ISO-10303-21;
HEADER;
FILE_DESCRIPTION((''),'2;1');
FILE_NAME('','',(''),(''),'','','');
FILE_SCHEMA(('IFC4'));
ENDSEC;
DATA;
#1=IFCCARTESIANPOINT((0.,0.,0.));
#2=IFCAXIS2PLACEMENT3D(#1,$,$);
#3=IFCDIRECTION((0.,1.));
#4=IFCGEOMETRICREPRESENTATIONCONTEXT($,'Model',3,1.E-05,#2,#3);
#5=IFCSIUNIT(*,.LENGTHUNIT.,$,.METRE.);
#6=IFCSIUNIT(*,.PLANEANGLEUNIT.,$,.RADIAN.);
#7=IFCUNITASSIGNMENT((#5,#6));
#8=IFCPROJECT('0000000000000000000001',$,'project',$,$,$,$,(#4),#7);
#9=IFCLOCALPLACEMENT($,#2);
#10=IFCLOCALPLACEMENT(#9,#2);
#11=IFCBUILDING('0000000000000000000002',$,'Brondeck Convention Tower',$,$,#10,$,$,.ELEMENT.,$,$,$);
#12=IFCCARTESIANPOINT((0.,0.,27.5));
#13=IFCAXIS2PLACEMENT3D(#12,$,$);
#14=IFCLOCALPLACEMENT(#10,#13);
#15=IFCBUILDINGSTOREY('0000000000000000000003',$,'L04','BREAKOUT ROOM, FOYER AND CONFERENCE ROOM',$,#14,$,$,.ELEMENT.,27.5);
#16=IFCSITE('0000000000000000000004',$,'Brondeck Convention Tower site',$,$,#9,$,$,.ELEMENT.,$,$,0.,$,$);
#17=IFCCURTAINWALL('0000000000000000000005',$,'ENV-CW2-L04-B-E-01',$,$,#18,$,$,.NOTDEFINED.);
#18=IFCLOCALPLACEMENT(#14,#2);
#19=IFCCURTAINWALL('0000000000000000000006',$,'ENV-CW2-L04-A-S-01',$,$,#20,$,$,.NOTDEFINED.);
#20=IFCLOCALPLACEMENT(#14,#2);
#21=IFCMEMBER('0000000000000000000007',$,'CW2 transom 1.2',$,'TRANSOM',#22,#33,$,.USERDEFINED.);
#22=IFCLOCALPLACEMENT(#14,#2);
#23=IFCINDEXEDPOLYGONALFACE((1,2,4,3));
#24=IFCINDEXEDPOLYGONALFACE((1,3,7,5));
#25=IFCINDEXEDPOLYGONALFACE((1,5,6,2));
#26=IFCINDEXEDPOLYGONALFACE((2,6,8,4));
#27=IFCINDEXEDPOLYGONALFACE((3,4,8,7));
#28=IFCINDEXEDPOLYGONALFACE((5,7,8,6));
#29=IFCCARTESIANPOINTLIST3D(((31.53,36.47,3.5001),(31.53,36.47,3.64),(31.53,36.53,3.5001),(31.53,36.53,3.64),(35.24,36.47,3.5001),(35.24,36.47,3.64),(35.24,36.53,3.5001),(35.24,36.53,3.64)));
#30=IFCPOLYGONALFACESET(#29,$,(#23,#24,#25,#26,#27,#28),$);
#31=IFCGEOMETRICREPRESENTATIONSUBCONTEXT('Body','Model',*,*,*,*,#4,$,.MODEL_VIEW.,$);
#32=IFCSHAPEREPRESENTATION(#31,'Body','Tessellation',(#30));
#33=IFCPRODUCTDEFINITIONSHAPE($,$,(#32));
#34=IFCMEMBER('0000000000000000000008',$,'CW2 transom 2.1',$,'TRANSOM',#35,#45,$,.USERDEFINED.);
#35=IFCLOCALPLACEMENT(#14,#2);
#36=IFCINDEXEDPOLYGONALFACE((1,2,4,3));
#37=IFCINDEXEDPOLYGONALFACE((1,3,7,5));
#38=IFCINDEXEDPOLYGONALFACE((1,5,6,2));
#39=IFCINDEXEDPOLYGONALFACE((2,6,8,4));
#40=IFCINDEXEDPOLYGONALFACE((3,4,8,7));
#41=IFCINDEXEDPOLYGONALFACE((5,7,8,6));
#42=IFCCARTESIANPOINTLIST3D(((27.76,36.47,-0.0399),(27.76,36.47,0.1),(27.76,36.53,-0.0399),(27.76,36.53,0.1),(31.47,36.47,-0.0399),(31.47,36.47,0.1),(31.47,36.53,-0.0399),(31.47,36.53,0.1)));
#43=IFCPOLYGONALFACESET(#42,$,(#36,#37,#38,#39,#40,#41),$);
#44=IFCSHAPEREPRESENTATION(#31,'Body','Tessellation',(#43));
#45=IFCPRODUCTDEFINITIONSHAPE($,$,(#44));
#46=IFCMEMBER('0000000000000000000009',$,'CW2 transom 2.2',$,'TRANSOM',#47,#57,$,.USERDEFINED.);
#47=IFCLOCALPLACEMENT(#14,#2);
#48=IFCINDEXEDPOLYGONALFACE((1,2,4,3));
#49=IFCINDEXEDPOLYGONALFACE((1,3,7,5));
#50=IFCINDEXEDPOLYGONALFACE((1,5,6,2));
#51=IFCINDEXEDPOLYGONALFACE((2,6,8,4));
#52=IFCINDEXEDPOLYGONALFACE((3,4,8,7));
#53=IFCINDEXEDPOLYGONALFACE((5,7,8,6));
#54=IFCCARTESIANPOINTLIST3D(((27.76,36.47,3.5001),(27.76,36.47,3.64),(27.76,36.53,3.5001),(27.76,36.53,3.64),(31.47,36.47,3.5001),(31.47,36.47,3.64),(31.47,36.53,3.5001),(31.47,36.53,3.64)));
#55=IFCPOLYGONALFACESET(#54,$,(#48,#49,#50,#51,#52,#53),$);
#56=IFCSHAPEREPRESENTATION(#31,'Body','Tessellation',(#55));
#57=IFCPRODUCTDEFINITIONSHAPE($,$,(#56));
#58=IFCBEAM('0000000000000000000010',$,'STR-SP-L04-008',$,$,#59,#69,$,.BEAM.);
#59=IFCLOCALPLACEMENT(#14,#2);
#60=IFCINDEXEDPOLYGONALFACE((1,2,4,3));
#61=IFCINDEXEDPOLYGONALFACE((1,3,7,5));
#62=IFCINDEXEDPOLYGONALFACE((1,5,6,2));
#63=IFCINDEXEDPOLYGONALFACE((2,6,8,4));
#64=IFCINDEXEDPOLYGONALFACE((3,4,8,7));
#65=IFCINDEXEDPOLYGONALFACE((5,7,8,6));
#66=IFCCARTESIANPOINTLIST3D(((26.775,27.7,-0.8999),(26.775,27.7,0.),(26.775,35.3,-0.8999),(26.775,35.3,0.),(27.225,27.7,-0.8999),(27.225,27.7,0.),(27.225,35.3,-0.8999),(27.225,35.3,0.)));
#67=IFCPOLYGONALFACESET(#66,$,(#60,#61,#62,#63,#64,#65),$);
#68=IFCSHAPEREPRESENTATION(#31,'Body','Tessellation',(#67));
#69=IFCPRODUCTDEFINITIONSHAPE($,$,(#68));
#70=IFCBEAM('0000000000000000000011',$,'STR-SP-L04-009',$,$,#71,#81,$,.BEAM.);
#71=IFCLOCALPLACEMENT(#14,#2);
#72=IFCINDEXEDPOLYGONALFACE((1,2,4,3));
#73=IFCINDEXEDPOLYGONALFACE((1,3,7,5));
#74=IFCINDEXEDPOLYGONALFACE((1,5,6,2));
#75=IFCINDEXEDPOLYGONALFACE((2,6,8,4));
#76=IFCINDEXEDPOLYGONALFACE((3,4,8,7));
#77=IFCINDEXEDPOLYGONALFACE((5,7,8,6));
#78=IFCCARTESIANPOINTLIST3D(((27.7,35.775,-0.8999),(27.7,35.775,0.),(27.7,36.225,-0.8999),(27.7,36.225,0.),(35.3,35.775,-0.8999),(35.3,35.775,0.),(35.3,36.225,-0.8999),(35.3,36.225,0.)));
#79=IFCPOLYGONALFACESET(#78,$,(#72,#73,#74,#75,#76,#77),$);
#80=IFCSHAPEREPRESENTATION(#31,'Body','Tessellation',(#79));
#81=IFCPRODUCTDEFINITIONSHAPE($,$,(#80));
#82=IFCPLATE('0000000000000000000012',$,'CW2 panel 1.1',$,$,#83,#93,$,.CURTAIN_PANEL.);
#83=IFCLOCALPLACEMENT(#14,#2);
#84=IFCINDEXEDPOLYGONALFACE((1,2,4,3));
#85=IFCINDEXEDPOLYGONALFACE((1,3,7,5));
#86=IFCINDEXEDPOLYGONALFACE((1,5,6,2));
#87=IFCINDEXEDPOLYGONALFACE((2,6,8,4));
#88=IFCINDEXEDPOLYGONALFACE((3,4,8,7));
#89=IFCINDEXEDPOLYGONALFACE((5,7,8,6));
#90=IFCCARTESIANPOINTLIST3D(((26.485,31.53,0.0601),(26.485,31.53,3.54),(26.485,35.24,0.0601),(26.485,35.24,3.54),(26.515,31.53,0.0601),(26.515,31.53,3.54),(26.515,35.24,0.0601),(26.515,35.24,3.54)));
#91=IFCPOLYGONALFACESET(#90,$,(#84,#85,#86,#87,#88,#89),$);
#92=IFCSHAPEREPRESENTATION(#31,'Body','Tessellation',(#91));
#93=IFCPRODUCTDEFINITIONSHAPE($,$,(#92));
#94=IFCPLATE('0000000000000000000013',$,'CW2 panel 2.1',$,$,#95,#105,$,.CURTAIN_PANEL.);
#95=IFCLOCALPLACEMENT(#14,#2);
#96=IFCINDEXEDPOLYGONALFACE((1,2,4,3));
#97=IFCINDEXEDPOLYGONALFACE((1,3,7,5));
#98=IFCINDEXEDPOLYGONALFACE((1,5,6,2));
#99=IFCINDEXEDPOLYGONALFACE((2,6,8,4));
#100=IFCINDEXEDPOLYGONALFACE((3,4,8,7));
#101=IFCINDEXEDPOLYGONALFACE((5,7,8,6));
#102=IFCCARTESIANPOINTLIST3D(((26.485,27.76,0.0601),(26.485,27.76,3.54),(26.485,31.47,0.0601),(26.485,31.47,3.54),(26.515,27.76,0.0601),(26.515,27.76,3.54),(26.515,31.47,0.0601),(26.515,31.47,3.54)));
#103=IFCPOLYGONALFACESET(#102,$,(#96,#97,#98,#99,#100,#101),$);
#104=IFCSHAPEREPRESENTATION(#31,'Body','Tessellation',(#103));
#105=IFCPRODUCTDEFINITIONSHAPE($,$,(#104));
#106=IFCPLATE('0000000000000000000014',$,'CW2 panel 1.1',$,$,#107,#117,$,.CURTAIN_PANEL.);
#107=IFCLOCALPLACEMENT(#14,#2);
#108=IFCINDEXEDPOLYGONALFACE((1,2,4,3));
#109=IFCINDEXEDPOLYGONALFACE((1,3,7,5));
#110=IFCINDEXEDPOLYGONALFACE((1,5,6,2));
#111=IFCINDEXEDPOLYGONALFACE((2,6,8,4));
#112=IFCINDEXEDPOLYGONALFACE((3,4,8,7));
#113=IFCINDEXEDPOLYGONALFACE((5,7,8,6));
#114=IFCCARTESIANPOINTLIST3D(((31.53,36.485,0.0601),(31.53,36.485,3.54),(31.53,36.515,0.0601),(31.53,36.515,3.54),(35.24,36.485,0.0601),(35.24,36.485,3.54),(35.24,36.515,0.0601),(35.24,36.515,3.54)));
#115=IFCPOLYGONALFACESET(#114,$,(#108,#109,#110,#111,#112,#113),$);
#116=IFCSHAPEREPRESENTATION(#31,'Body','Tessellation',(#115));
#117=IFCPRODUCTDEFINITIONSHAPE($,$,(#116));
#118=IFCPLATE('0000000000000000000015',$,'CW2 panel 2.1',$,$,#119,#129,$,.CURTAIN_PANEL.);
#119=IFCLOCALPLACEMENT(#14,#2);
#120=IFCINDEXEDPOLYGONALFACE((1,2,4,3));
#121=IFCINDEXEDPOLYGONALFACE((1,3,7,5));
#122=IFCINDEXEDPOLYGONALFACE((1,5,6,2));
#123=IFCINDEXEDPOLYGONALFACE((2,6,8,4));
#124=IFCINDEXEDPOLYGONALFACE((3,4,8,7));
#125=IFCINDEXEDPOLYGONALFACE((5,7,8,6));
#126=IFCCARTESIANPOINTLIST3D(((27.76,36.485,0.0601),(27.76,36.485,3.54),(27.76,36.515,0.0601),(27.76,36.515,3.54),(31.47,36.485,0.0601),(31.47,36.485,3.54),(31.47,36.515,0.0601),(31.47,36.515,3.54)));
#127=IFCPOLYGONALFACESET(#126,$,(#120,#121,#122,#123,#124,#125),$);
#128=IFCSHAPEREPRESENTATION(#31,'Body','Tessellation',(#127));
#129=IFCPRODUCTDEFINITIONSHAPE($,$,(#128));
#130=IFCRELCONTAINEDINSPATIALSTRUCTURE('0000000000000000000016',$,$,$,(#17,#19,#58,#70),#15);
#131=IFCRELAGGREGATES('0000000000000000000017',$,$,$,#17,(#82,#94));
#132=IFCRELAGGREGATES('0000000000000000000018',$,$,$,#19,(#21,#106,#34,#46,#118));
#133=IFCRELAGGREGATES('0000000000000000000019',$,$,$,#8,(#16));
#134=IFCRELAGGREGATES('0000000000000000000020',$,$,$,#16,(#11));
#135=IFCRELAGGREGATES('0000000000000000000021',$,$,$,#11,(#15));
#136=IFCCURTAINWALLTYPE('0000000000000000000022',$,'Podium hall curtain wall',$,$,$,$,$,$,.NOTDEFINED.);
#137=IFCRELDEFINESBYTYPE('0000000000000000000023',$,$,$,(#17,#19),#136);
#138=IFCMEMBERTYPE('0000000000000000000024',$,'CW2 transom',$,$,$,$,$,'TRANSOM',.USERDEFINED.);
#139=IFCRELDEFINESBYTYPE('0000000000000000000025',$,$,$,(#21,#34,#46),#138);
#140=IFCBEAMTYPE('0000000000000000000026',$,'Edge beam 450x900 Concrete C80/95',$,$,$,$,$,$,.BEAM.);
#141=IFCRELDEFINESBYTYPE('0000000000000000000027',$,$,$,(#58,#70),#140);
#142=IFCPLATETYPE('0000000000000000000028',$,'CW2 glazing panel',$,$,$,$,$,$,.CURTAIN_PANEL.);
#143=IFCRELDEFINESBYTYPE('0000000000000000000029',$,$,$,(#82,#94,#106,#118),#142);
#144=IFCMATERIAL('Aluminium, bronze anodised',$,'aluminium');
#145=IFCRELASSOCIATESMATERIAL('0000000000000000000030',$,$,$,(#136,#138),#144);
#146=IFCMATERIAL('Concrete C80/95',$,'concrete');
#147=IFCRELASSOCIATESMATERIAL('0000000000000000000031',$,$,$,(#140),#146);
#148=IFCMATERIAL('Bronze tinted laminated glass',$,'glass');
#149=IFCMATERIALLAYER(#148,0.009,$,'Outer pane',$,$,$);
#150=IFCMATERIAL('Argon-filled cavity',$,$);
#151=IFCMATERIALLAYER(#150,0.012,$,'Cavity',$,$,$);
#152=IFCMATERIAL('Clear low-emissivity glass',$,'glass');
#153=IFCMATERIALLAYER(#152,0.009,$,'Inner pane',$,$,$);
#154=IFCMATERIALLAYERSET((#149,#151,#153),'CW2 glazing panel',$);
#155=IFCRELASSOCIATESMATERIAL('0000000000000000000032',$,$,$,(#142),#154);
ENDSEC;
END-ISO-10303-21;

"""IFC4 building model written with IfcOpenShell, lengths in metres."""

from ifc_helpers import new_model, si_unit, direction, frame, origin, origin_2d, place, context, subcontext, project, spatial, rectangle, extrude, material, layer, layer_set, material_profile, profile_set, type_object, element, aggregate, save


model = new_model("IFC4")

# Units and contexts
model_context = context("Model", 3, precision=1e-05, world=origin(), true_north=direction((0.0, 1.0)))
body_context = subcontext(model_context, "Body", "Model", "MODEL_VIEW")
ifc_project = project(units=[si_unit("LENGTHUNIT", "METRE"), si_unit("PLANEANGLEUNIT", "RADIAN")], contexts=[model_context])

# Site, building, storey
site_placement = place(None, origin())
site = spatial("IfcSite", under=ifc_project, at=site_placement, Name="Brondeck Convention Tower site", CompositionType="ELEMENT", RefElevation=0.0)
building_placement = place(site_placement, origin())
building = spatial("IfcBuilding", under=site, at=building_placement, Name="Brondeck Convention Tower", CompositionType="ELEMENT")
storey_placement = place(building_placement, frame((0.0, 0.0, 27.5)))
storey = spatial("IfcBuildingStorey", under=building, at=storey_placement, Name="L04", Description="BREAKOUT ROOM, FOYER AND CONFERENCE ROOM", CompositionType="ELEMENT", Elevation=27.5)

# Shared definitions
ifc_material_1 = material(Name="Concrete C80/95", Category="concrete")

# Shared definitions
ifc_material_2 = material(Name="Aluminium, bronze anodised", Category="aluminium")
curtain_wall_type = type_object("IfcCurtainWallType", Name="Podium hall curtain wall", PredefinedType="NOTDEFINED", material=ifc_material_2)

# Curtain walls
curtain_wall_1_placement = place(storey_placement, origin())
curtain_wall_1 = element("IfcCurtainWall", 1, at=curtain_wall_1_placement, inside=storey, type_object=curtain_wall_type, Name="ENV-CW2-L04-B-E-01", PredefinedType="NOTDEFINED")
curtain_wall_2_placement = place(storey_placement, origin())
curtain_wall_2 = element("IfcCurtainWall", 2, at=curtain_wall_2_placement, inside=storey, type_object=curtain_wall_type, Name="ENV-CW2-L04-A-S-01", PredefinedType="NOTDEFINED")

# Members
ifc_material_profile_1 = material_profile(ifc_material_2, rectangle(XDim=0.0601, YDim=0.1399, at=origin_2d()), Name="CW2 transom")
ifc_profile_set_1 = profile_set([ifc_material_profile_1], Name="Aluminium, bronze anodised")
member_type_1 = type_object("IfcMemberType", Name="CW2 transom", ElementType="TRANSOM", PredefinedType="USERDEFINED", material=ifc_profile_set_1)
member_1_placement = place(storey_placement, frame((35.24, 36.5, 3.5701), z_axis=(-1.0, 0.0, 0.0), x_axis=(0.0, -1.0, 0.0)))
member_1 = element("IfcMember", 3, at=member_1_placement, type_object=member_type_1, Name="CW2 transom 1.2", ObjectType="TRANSOM", PredefinedType="USERDEFINED", context=body_context, shape_type="SweptSolid", body=[
    extrude(rectangle(XDim=0.0601, YDim=0.1399, at=origin_2d()), origin(), (0.0, 0.0, 1.0), 3.71),
])
member_2_placement = place(storey_placement, frame((31.47, 36.5, 0.03), z_axis=(-1.0, 0.0, 0.0), x_axis=(0.0, -1.0, 0.0)))
member_2 = element("IfcMember", 4, at=member_2_placement, type_object=member_type_1, Name="CW2 transom 2.1", ObjectType="TRANSOM", PredefinedType="USERDEFINED", context=body_context, shape_type="SweptSolid", body=[
    extrude(rectangle(XDim=0.0601, YDim=0.1399, at=origin_2d()), origin(), (0.0, 0.0, 1.0), 3.71),
])
member_3_placement = place(storey_placement, frame((31.47, 36.5, 3.5701), z_axis=(-1.0, 0.0, 0.0), x_axis=(0.0, -1.0, 0.0)))
member_3 = element("IfcMember", 5, at=member_3_placement, type_object=member_type_1, Name="CW2 transom 2.2", ObjectType="TRANSOM", PredefinedType="USERDEFINED", context=body_context, shape_type="SweptSolid", body=[
    extrude(rectangle(XDim=0.0601, YDim=0.1399, at=origin_2d()), origin(), (0.0, 0.0, 1.0), 3.71),
])

# Beams
ifc_material_profile_2 = material_profile(ifc_material_1, rectangle(XDim=0.45, YDim=0.8999, at=origin_2d()), Name="Edge beam 450x900 Concrete C80/95")
ifc_profile_set_2 = profile_set([ifc_material_profile_2], Name="Concrete C80/95")
beam_type = type_object("IfcBeamType", Name="Edge beam 450x900 Concrete C80/95", PredefinedType="BEAM", material=ifc_profile_set_2)
for number, where, z_axis, x_axis, name in (
    (6, (27.0, 27.7, -0.45), (0.0, 1.0, 0.0), (-1.0, 0.0, 0.0), "STR-SP-L04-008"),
    (7, (27.7, 36.0, -0.45), (1.0, 0.0, 0.0), (0.0, 1.0, 0.0), "STR-SP-L04-009"),
):
    element("IfcBeam", number, at=place(storey_placement, frame(where, z_axis=z_axis, x_axis=x_axis)), inside=storey, type_object=beam_type, Name=name, PredefinedType="BEAM", context=body_context, shape_type="SweptSolid", body=[
        extrude(rectangle(XDim=0.45, YDim=0.8999, at=origin_2d()), origin(), (0.0, 0.0, 1.0), 7.6001),
    ])

# Plates
ifc_material_3 = material(Name="Bronze tinted laminated glass", Category="glass")
ifc_layer_1 = layer(ifc_material_3, 0.009, Name="Outer pane")
ifc_material_4 = material(Name="Argon-filled cavity")
ifc_layer_2 = layer(ifc_material_4, 0.012, Name="Cavity")
ifc_material_5 = material(Name="Clear low-emissivity glass", Category="glass")
ifc_layer_3 = layer(ifc_material_5, 0.009, Name="Inner pane")
ifc_layer_set = layer_set([ifc_layer_1, ifc_layer_2, ifc_layer_3], Name="CW2 glazing panel")
plate_type = type_object("IfcPlateType", Name="CW2 glazing panel", PredefinedType="CURTAIN_PANEL", material=ifc_layer_set)
plate_1_placement = place(storey_placement, frame((26.5, 33.385, 0.0601), z_axis=(0.0, 0.0, 1.0), x_axis=(0.0, -1.0, 0.0)))
plate_1 = element("IfcPlate", 8, at=plate_1_placement, type_object=plate_type, Name="CW2 panel 1.1", PredefinedType="CURTAIN_PANEL", context=body_context, shape_type="SweptSolid", body=[
    extrude(rectangle(XDim=3.71, YDim=0.03, at=origin_2d()), origin(), (0.0, 0.0, 1.0), 3.48),
])
plate_2_placement = place(storey_placement, frame((26.5, 29.615, 0.0601), z_axis=(0.0, 0.0, 1.0), x_axis=(0.0, -1.0, 0.0)))
plate_2 = element("IfcPlate", 9, at=plate_2_placement, type_object=plate_type, Name="CW2 panel 2.1", PredefinedType="CURTAIN_PANEL", context=body_context, shape_type="SweptSolid", body=[
    extrude(rectangle(XDim=3.71, YDim=0.03, at=origin_2d()), origin(), (0.0, 0.0, 1.0), 3.48),
])
aggregate(curtain_wall_1, [plate_1, plate_2])
plate_3_placement = place(storey_placement, frame((33.385, 36.5, 0.0601), z_axis=(0.0, 0.0, 1.0), x_axis=(-1.0, 0.0, 0.0)))
plate_3 = element("IfcPlate", 10, at=plate_3_placement, type_object=plate_type, Name="CW2 panel 1.1", PredefinedType="CURTAIN_PANEL", context=body_context, shape_type="SweptSolid", body=[
    extrude(rectangle(XDim=3.71, YDim=0.03, at=origin_2d()), origin(), (0.0, 0.0, 1.0), 3.48),
])
plate_4_placement = place(storey_placement, frame((29.615, 36.5, 0.0601), z_axis=(0.0, 0.0, 1.0), x_axis=(-1.0, 0.0, 0.0)))
plate_4 = element("IfcPlate", 11, at=plate_4_placement, type_object=plate_type, Name="CW2 panel 2.1", PredefinedType="CURTAIN_PANEL", context=body_context, shape_type="SweptSolid", body=[
    extrude(rectangle(XDim=3.71, YDim=0.03, at=origin_2d()), origin(), (0.0, 0.0, 1.0), 3.48),
])
aggregate(curtain_wall_2, [member_1, plate_3, member_2, member_3, plate_4])

save(model, "model.ifc")
